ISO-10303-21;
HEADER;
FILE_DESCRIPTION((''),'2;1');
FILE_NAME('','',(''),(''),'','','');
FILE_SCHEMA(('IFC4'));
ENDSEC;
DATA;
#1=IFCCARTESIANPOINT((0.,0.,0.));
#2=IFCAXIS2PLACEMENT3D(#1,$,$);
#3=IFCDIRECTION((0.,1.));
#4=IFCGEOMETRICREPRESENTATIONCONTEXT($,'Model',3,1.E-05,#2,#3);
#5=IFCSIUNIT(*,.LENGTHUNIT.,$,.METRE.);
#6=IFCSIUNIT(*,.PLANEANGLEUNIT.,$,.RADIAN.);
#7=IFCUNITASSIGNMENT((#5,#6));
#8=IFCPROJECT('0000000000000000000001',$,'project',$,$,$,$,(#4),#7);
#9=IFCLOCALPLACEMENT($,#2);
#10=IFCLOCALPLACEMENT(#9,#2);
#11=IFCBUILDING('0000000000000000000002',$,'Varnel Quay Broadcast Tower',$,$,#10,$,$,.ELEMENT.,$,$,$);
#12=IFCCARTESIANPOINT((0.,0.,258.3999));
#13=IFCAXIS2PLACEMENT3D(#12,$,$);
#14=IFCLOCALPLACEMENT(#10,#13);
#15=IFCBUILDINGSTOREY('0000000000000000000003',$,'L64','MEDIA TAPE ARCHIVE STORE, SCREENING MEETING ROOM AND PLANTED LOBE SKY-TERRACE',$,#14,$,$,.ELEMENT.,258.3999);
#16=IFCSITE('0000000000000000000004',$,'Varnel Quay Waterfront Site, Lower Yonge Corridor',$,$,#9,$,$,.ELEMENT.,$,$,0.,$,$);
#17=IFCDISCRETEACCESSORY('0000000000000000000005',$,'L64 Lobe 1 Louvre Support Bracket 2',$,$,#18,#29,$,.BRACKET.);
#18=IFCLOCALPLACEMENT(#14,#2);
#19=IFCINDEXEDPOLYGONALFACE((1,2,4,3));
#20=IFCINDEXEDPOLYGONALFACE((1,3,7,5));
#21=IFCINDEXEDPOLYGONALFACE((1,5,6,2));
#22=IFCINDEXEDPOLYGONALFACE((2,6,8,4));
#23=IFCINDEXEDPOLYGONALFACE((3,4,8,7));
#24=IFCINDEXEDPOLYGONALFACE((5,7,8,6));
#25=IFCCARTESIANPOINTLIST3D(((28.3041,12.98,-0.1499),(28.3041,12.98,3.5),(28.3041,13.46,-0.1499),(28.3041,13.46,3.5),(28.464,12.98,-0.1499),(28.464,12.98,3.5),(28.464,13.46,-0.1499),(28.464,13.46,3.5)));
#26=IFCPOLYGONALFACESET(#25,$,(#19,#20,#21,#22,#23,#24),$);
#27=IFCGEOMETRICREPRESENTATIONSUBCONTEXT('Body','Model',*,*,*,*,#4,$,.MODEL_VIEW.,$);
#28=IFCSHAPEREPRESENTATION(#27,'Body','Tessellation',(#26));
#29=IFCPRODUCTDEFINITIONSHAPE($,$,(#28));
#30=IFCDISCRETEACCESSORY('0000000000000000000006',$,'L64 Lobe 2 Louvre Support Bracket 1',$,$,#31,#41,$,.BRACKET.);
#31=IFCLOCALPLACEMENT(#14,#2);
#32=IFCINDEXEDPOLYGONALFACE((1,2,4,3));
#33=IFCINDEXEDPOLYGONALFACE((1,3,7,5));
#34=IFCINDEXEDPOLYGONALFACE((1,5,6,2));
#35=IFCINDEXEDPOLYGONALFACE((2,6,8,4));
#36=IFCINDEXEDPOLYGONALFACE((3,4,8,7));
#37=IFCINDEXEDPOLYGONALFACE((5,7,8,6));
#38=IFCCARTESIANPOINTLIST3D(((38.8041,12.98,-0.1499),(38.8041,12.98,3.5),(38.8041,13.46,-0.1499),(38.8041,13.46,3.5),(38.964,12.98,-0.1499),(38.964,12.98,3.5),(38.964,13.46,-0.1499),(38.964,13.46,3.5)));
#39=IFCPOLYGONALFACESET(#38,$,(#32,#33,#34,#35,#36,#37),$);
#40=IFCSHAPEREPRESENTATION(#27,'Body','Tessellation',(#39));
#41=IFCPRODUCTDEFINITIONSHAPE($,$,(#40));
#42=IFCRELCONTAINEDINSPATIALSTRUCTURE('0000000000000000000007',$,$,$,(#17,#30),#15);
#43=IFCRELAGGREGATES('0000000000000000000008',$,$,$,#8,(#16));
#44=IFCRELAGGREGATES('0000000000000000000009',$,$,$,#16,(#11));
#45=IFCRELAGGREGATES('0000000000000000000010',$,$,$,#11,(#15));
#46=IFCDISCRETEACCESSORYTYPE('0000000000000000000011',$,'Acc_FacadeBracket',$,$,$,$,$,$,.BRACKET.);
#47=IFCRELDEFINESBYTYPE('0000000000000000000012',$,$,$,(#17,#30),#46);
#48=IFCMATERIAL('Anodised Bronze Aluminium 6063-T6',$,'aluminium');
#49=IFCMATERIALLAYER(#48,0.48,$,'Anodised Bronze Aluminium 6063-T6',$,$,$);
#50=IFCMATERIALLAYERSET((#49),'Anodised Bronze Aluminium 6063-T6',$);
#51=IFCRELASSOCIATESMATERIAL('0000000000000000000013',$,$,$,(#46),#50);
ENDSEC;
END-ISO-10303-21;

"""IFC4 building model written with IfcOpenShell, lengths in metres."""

from ifc_helpers import new_model, si_unit, direction, frame, origin, origin_2d, place, context, subcontext, project, spatial, rectangle, extrude, source, transform, mapped, material, layer, layer_set, type_object, type_shapes, element, save


model = new_model("IFC4")

# Units and contexts
model_context = context("Model", 3, precision=1e-05, world=origin(), true_north=direction((0.0, 1.0)))
body_context = subcontext(model_context, "Body", "Model", "MODEL_VIEW")
ifc_project = project(units=[si_unit("LENGTHUNIT", "METRE"), si_unit("PLANEANGLEUNIT", "RADIAN")], contexts=[model_context])

# Site, building, storey
site_placement = place(None, origin())
site = spatial("IfcSite", under=ifc_project, at=site_placement, Name="Varnel Quay Waterfront Site, Lower Yonge Corridor", CompositionType="ELEMENT", RefElevation=0.0)
building_placement = place(site_placement, origin())
building = spatial("IfcBuilding", under=site, at=building_placement, Name="Varnel Quay Broadcast Tower", CompositionType="ELEMENT")
storey_placement = place(building_placement, frame((0.0, 0.0, 258.3999)))
storey = spatial("IfcBuildingStorey", under=building, at=storey_placement, Name="L64", Description="MEDIA TAPE ARCHIVE STORE, SCREENING MEETING ROOM AND PLANTED LOBE SKY-TERRACE", CompositionType="ELEMENT", Elevation=258.3999)

# Shared definitions
ifc_material_1 = material(Name="Anodised Bronze Aluminium 6063-T6", Category="aluminium")

# Discrete accessories
ifc_layer_1 = layer(ifc_material_1, 0.48, Name="Anodised Bronze Aluminium 6063-T6")
ifc_layer_set_1 = layer_set([ifc_layer_1], Name="Anodised Bronze Aluminium 6063-T6")
discrete_accessory_type = type_object("IfcDiscreteAccessoryType", Name="Acc_FacadeBracket", PredefinedType="BRACKET", material=ifc_layer_set_1)
shared_shape_1 = source(origin(), body_context, "Body", "SweptSolid", [
    extrude(rectangle(XDim=0.1599, YDim=0.48, at=origin_2d()), origin(), (0.0, 0.0, 1.0), 3.6499),
])
type_shapes(discrete_accessory_type, [shared_shape_1])
for number, where, z_axis, x_axis, name in (
    (1, (28.384, 13.22, -0.1499), (0.0, 0.0, 1.0), (1.0, 0.0, 0.0), "L64 Lobe 1 Louvre Support Bracket 2"),
    (2, (38.884, 13.22, -0.1499), (0.0, 0.0, 1.0), (1.0, 0.0, 0.0), "L64 Lobe 2 Louvre Support Bracket 1"),
):
    element("IfcDiscreteAccessory", number, at=place(storey_placement, frame(where, z_axis=z_axis, x_axis=x_axis)), inside=storey, type_object=discrete_accessory_type, Name=name, PredefinedType="BRACKET", context=body_context, shape_type="MappedRepresentation", body=[
        mapped(shared_shape_1, transform((0.0, 0.0, 0.0), x_axis=(1.0, 0.0, 0.0), y_axis=(0.0, 1.0, 0.0), z_axis=(0.0, 0.0, 1.0), scale=1.0)),
    ])

save(model, "model.ifc")
